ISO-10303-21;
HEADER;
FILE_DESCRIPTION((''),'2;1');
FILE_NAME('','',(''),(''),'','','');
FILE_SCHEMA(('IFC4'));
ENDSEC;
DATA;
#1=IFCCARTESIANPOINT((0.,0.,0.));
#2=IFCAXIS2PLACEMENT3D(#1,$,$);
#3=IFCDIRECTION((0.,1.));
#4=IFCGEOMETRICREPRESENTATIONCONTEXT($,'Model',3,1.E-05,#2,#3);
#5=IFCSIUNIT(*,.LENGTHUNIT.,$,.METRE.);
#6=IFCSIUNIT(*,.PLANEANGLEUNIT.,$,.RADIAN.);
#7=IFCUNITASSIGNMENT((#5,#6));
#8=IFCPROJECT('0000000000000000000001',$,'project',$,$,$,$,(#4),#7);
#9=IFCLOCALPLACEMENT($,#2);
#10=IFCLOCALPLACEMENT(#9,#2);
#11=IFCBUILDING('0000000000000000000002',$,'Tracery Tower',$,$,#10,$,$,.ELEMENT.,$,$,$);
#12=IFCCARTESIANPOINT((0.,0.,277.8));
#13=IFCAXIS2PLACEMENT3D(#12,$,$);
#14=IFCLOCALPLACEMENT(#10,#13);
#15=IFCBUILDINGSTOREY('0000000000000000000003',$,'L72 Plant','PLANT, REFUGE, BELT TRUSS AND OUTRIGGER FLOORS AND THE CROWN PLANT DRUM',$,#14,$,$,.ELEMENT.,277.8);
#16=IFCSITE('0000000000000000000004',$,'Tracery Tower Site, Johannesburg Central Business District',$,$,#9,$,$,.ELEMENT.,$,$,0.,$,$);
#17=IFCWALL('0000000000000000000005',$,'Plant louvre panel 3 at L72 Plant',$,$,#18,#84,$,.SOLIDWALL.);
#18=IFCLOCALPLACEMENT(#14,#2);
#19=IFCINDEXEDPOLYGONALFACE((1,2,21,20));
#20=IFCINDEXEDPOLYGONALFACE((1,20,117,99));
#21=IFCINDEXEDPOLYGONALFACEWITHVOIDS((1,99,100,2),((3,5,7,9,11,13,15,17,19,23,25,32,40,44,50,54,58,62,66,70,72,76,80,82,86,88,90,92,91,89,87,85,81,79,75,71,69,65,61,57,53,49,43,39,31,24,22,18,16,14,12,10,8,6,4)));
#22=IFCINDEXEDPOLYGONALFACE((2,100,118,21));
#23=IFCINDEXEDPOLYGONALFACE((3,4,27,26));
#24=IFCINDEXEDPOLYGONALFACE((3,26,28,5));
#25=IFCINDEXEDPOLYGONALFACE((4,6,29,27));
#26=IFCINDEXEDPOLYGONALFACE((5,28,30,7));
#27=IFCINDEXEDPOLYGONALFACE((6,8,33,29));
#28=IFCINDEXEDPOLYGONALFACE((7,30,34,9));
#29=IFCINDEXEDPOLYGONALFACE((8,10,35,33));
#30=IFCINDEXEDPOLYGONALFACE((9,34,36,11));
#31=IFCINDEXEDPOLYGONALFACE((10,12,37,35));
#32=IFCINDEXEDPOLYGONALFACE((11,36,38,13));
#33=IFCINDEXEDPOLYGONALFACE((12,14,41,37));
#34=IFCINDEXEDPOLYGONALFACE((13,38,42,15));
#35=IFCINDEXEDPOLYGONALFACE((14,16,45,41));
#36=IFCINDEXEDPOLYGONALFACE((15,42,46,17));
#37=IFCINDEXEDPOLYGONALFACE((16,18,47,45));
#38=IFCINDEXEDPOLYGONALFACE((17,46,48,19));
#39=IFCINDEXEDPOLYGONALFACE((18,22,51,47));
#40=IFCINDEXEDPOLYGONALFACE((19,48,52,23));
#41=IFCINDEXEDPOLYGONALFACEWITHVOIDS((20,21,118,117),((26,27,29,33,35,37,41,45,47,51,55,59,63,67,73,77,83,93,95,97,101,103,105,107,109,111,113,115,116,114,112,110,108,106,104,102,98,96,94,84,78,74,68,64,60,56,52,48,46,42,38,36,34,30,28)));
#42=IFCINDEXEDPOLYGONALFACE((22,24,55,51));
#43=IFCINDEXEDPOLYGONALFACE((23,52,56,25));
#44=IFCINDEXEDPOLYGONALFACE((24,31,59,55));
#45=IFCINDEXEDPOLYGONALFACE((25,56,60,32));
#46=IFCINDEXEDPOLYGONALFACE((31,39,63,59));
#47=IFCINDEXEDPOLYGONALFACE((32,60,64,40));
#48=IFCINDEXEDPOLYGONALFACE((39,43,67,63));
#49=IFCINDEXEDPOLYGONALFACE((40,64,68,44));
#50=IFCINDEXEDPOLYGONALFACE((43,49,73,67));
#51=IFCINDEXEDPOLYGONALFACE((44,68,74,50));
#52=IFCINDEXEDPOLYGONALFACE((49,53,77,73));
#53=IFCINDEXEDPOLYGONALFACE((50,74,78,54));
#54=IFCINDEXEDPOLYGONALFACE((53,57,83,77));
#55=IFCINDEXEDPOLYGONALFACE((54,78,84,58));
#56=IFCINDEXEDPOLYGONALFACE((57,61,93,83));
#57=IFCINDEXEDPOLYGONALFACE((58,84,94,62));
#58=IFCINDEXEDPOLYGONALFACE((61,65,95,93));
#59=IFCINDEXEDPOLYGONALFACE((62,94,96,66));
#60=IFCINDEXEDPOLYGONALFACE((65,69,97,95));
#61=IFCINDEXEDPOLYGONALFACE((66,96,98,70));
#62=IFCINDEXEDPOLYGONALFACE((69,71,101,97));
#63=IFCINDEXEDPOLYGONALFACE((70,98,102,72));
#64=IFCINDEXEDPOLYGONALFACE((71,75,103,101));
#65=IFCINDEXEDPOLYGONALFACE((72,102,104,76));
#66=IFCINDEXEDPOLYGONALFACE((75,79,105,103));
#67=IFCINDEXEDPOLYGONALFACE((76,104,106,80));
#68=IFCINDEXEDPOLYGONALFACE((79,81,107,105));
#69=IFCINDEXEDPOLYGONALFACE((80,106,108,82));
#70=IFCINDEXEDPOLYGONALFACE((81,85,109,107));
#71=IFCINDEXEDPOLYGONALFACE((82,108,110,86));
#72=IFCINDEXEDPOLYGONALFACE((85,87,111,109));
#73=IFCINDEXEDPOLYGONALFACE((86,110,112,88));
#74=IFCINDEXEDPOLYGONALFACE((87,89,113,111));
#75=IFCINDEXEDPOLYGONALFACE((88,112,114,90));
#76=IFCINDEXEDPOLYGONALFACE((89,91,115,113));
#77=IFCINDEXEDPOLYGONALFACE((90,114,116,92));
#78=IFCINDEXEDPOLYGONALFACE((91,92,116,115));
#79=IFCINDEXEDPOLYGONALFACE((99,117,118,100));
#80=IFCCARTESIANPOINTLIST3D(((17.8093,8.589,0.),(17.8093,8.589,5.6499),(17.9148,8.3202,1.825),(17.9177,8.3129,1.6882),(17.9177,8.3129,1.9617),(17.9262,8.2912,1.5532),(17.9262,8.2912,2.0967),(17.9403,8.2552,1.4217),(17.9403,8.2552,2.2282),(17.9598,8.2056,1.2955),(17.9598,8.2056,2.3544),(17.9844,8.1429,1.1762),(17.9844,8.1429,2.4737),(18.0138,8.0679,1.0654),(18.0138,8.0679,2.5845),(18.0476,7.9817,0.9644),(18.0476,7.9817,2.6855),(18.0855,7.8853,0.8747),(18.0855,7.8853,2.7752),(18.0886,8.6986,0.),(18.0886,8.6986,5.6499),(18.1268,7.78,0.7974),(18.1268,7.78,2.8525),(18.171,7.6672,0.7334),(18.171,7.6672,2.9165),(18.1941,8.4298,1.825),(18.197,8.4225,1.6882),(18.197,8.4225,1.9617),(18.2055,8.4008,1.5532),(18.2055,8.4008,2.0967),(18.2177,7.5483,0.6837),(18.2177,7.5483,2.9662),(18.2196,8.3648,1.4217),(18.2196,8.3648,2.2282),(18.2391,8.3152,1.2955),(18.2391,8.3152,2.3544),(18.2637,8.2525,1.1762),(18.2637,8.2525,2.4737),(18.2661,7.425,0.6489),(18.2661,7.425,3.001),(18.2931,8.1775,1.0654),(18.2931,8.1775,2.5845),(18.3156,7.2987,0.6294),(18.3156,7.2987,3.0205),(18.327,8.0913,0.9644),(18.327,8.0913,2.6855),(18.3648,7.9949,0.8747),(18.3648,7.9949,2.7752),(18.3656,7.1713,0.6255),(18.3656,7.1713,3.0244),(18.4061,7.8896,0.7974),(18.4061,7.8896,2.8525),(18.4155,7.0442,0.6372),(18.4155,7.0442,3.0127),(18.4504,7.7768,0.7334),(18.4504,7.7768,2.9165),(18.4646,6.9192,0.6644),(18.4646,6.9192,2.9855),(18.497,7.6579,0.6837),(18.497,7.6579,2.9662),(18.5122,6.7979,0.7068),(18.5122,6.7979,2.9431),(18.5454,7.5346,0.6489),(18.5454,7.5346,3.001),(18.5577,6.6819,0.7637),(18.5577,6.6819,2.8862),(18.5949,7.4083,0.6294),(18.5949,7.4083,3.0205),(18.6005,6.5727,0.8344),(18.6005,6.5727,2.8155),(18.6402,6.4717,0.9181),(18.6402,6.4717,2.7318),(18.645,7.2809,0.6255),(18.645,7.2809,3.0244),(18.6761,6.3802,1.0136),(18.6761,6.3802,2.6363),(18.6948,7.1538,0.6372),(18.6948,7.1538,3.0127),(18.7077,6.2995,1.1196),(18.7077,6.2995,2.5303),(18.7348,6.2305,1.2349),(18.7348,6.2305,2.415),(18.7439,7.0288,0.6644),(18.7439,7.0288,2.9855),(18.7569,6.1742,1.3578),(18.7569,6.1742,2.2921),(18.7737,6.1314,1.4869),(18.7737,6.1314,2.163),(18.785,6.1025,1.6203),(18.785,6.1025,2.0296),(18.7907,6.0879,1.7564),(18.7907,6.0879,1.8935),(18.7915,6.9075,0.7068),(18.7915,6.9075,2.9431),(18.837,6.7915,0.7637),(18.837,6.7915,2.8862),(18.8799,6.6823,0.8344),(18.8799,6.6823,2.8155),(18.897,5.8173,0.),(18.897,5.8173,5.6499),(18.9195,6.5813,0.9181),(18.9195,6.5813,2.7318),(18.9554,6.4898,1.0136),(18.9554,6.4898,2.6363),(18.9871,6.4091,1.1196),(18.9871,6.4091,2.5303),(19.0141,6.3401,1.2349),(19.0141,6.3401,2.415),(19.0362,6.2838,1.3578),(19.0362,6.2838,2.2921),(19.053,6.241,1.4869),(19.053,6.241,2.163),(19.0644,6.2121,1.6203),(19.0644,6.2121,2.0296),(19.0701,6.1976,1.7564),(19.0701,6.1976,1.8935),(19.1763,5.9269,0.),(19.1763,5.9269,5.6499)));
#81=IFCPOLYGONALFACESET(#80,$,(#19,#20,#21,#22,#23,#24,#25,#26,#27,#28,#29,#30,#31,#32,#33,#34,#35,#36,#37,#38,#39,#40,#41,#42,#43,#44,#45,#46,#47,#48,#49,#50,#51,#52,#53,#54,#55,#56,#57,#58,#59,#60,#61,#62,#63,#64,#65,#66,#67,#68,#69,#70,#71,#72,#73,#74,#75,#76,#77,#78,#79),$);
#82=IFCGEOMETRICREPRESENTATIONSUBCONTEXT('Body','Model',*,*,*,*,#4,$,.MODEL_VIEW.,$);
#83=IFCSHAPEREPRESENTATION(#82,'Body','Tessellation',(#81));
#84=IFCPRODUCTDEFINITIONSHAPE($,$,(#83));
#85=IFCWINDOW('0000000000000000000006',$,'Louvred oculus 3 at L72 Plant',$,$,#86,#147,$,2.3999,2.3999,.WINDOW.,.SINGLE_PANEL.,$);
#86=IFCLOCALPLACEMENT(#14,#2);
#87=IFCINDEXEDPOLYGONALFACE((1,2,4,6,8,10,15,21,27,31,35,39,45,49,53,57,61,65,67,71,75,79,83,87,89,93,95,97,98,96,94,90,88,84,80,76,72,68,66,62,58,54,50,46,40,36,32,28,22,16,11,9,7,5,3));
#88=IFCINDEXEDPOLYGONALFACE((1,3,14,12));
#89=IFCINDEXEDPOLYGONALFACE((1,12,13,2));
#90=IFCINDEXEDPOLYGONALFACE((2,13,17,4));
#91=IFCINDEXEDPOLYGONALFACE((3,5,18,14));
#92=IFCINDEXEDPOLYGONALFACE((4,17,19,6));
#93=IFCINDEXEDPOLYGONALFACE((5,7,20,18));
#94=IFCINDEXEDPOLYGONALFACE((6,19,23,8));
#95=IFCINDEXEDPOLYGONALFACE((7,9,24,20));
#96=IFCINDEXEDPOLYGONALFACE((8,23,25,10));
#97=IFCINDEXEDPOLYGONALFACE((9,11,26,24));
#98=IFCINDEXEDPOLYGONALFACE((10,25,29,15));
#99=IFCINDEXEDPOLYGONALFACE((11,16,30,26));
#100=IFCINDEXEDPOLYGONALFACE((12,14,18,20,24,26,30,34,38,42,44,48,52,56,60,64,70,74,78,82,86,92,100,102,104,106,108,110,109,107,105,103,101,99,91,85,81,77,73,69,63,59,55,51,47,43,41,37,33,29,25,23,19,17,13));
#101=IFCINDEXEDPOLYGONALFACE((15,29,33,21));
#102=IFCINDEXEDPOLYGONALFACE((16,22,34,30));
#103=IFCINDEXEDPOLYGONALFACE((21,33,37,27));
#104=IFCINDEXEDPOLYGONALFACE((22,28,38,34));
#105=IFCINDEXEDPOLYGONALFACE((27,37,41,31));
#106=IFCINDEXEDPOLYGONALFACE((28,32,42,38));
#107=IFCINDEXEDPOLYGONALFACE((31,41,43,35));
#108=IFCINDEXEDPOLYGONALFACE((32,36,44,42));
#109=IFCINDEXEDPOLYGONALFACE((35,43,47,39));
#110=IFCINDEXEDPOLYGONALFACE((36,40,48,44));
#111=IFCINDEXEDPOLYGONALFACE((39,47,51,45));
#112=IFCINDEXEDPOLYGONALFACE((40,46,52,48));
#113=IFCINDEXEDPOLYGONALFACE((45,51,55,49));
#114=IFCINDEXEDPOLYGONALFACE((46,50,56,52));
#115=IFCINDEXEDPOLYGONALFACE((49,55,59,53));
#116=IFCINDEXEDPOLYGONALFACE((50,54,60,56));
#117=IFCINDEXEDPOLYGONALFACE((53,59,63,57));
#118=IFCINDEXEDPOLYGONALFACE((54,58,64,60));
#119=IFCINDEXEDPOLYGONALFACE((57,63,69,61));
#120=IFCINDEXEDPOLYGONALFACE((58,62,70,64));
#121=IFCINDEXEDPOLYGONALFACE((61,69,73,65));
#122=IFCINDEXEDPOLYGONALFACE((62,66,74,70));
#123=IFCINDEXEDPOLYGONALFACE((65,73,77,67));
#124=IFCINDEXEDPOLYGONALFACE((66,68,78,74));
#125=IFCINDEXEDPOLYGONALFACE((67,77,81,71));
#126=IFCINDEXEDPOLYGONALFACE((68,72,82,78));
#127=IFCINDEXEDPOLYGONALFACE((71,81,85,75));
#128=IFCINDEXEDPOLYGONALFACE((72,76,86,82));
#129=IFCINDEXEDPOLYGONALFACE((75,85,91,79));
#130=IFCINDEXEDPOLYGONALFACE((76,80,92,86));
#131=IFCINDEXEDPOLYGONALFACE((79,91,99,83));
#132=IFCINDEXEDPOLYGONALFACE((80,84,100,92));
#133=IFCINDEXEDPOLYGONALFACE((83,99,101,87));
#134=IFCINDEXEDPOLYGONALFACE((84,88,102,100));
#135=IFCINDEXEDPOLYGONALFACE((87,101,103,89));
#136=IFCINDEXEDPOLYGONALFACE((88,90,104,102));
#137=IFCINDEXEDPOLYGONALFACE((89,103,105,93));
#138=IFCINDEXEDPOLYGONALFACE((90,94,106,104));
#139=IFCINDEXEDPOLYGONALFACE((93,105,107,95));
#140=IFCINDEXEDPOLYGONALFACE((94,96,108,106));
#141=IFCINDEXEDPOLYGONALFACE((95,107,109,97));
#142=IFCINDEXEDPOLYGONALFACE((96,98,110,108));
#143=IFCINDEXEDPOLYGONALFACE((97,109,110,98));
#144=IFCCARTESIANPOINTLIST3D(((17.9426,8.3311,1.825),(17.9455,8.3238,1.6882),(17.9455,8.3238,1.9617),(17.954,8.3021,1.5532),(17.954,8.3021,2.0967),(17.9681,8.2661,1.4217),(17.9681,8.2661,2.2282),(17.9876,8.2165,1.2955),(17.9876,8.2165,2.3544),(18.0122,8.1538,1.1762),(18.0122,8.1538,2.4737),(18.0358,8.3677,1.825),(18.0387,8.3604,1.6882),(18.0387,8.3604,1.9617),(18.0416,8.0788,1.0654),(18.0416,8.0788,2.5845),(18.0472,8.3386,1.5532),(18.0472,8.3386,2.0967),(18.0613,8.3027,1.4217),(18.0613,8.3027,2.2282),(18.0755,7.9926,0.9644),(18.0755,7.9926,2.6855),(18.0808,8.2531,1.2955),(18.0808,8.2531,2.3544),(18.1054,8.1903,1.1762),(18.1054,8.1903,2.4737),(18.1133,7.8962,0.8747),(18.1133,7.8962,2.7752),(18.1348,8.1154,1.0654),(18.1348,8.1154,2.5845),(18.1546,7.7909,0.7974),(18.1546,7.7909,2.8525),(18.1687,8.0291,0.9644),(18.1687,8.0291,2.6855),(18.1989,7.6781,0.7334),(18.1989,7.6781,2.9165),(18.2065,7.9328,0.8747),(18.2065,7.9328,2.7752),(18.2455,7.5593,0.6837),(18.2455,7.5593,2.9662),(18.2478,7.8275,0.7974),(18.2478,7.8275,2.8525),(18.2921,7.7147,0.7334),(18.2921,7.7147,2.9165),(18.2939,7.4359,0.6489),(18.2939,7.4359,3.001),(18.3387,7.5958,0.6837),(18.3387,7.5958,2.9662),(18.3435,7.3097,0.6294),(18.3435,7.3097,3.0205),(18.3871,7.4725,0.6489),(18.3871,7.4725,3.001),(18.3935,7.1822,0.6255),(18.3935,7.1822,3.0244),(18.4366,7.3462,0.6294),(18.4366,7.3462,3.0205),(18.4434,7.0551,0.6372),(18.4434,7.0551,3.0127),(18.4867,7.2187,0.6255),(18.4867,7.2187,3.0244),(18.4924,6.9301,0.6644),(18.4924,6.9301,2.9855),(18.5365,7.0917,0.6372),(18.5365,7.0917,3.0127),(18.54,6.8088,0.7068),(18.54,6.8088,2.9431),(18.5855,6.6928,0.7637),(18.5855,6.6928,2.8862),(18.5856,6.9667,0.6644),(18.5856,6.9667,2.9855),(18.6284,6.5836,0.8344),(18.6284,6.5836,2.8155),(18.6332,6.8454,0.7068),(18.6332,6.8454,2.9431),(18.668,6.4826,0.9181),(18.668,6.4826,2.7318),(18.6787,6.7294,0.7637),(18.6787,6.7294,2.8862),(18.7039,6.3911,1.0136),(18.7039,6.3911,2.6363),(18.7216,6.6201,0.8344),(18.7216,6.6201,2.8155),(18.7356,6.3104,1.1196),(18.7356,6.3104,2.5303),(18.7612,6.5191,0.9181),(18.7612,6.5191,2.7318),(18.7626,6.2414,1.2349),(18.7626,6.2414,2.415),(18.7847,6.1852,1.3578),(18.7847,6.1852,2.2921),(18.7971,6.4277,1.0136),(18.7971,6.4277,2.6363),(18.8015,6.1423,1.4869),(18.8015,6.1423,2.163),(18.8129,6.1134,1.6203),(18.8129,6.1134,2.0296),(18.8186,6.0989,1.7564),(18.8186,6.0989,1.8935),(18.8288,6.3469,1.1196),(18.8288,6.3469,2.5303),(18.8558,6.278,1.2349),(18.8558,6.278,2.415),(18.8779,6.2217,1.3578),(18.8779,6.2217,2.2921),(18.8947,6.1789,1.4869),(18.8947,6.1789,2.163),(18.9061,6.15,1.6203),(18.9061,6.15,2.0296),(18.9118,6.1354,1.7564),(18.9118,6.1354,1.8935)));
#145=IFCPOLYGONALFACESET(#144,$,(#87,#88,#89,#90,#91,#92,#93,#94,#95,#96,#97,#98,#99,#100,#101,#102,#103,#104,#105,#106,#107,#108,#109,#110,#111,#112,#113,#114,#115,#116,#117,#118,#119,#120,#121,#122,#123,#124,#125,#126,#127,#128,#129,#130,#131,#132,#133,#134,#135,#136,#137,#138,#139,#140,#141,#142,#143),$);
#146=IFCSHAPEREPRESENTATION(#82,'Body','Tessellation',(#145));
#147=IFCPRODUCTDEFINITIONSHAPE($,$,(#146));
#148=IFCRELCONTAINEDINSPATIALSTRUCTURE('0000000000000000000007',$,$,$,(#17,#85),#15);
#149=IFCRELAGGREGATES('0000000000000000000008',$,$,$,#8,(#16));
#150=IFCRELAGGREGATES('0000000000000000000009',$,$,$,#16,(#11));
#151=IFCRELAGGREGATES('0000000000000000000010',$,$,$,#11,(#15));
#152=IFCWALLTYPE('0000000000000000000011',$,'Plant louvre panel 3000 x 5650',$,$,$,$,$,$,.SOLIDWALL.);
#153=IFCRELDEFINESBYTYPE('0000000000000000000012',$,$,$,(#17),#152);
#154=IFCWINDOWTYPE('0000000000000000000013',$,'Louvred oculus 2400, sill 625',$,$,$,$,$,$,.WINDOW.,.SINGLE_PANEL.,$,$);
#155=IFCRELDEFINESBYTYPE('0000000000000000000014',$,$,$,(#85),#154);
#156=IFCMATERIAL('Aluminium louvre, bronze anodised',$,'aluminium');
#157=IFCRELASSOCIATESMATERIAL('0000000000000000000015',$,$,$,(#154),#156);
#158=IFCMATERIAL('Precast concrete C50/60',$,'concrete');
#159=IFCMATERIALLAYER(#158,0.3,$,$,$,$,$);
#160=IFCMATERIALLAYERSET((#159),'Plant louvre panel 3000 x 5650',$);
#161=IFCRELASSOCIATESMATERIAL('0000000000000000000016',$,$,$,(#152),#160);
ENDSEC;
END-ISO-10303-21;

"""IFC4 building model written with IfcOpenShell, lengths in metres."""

from ifc_helpers import new_model, si_unit, direction, frame, frame_2d, origin, origin_2d, place, context, subcontext, project, spatial, rectangle, circle, extrude, material, layer, layer_set, type_object, element, fill, save


model = new_model("IFC4")

# Units and contexts
model_context = context("Model", 3, precision=1e-05, world=origin(), true_north=direction((0.0, 1.0)))
body_context = subcontext(model_context, "Body", "Model", "MODEL_VIEW")
ifc_project = project(units=[si_unit("LENGTHUNIT", "METRE"), si_unit("PLANEANGLEUNIT", "RADIAN")], contexts=[model_context])

# Site, building, storey
site_placement = place(None, origin())
site = spatial("IfcSite", under=ifc_project, at=site_placement, Name="Tracery Tower Site, Johannesburg Central Business District", CompositionType="ELEMENT", RefElevation=0.0)
building_placement = place(site_placement, origin())
building = spatial("IfcBuilding", under=site, at=building_placement, Name="Tracery Tower", CompositionType="ELEMENT")
storey_placement = place(building_placement, frame((0.0, 0.0, 277.8)))
storey = spatial("IfcBuildingStorey", under=building, at=storey_placement, Name="L72 Plant", Description="PLANT, REFUGE, BELT TRUSS AND OUTRIGGER FLOORS AND THE CROWN PLANT DRUM", CompositionType="ELEMENT", Elevation=277.8)

# Wall, opening, window
ifc_material_1 = material(Name="Aluminium louvre, bronze anodised", Category="aluminium")
window_type = type_object("IfcWindowType", Name="Louvred oculus 2400, sill 625", PartitioningType="SINGLE_PANEL", PredefinedType="WINDOW", material=ifc_material_1)
ifc_material_2 = material(Name="Precast concrete C50/60", Category="concrete")
ifc_layer_1 = layer(ifc_material_2, 0.3)
ifc_layer_set_1 = layer_set([ifc_layer_1], Name="Plant louvre panel 3000 x 5650")
wall_type_1 = type_object("IfcWallType", Name="Plant louvre panel 3000 x 5650", PredefinedType="SOLIDWALL", material=ifc_layer_set_1)
wall_1_placement = place(storey_placement, frame((19.0366, 5.8721, 0.0), z_axis=(0.0, 0.0, 1.0), x_axis=(-0.36529, 0.930894, 0.0)))
wall_1 = element("IfcWall", 1, at=wall_1_placement, inside=storey, type_object=wall_type_1, Name="Plant louvre panel 3 at L72 Plant", PredefinedType="SOLIDWALL", context=body_context, shape_type="SweptSolid", body=[
    extrude(rectangle(XDim=2.9775, YDim=0.3, at=frame_2d((1.4888, 0.0))), origin(), (0.0, 0.0, 1.0), 5.6499),
])
opening_1_placement = place(wall_1_placement, frame((1.4888, 0.0, 1.825)))
opening_1 = element("IfcOpeningElement", 2, at=opening_1_placement, cuts=wall_1, PredefinedType="OPENING", context=body_context, shape_type="SweptSolid", body=[
    extrude(circle(Radius=1.2, at=origin_2d()), frame((0.0, 0.1599, 0.0), z_axis=(0.0, -1.0, 0.0), x_axis=(1.0, 0.0, 0.0)), (0.0, 0.0, 1.0), 0.3201),
])
window_1_placement = place(opening_1_placement, origin())
window_1 = element("IfcWindow", 3, at=window_1_placement, inside=storey, type_object=window_type, Name="Louvred oculus 3 at L72 Plant", OverallHeight=2.3999, OverallWidth=2.3999, PartitioningType="SINGLE_PANEL", PredefinedType="WINDOW", context=body_context, shape_type="SweptSolid", body=[
    extrude(circle(Radius=1.2, at=origin_2d()), frame((0.0, 0.1201, 0.0), z_axis=(0.0, -1.0, 0.0), x_axis=(1.0, 0.0, 0.0)), (0.0, 0.0, 1.0), 0.1001),
])
fill(opening_1, window_1)

save(model, "model.ifc")
